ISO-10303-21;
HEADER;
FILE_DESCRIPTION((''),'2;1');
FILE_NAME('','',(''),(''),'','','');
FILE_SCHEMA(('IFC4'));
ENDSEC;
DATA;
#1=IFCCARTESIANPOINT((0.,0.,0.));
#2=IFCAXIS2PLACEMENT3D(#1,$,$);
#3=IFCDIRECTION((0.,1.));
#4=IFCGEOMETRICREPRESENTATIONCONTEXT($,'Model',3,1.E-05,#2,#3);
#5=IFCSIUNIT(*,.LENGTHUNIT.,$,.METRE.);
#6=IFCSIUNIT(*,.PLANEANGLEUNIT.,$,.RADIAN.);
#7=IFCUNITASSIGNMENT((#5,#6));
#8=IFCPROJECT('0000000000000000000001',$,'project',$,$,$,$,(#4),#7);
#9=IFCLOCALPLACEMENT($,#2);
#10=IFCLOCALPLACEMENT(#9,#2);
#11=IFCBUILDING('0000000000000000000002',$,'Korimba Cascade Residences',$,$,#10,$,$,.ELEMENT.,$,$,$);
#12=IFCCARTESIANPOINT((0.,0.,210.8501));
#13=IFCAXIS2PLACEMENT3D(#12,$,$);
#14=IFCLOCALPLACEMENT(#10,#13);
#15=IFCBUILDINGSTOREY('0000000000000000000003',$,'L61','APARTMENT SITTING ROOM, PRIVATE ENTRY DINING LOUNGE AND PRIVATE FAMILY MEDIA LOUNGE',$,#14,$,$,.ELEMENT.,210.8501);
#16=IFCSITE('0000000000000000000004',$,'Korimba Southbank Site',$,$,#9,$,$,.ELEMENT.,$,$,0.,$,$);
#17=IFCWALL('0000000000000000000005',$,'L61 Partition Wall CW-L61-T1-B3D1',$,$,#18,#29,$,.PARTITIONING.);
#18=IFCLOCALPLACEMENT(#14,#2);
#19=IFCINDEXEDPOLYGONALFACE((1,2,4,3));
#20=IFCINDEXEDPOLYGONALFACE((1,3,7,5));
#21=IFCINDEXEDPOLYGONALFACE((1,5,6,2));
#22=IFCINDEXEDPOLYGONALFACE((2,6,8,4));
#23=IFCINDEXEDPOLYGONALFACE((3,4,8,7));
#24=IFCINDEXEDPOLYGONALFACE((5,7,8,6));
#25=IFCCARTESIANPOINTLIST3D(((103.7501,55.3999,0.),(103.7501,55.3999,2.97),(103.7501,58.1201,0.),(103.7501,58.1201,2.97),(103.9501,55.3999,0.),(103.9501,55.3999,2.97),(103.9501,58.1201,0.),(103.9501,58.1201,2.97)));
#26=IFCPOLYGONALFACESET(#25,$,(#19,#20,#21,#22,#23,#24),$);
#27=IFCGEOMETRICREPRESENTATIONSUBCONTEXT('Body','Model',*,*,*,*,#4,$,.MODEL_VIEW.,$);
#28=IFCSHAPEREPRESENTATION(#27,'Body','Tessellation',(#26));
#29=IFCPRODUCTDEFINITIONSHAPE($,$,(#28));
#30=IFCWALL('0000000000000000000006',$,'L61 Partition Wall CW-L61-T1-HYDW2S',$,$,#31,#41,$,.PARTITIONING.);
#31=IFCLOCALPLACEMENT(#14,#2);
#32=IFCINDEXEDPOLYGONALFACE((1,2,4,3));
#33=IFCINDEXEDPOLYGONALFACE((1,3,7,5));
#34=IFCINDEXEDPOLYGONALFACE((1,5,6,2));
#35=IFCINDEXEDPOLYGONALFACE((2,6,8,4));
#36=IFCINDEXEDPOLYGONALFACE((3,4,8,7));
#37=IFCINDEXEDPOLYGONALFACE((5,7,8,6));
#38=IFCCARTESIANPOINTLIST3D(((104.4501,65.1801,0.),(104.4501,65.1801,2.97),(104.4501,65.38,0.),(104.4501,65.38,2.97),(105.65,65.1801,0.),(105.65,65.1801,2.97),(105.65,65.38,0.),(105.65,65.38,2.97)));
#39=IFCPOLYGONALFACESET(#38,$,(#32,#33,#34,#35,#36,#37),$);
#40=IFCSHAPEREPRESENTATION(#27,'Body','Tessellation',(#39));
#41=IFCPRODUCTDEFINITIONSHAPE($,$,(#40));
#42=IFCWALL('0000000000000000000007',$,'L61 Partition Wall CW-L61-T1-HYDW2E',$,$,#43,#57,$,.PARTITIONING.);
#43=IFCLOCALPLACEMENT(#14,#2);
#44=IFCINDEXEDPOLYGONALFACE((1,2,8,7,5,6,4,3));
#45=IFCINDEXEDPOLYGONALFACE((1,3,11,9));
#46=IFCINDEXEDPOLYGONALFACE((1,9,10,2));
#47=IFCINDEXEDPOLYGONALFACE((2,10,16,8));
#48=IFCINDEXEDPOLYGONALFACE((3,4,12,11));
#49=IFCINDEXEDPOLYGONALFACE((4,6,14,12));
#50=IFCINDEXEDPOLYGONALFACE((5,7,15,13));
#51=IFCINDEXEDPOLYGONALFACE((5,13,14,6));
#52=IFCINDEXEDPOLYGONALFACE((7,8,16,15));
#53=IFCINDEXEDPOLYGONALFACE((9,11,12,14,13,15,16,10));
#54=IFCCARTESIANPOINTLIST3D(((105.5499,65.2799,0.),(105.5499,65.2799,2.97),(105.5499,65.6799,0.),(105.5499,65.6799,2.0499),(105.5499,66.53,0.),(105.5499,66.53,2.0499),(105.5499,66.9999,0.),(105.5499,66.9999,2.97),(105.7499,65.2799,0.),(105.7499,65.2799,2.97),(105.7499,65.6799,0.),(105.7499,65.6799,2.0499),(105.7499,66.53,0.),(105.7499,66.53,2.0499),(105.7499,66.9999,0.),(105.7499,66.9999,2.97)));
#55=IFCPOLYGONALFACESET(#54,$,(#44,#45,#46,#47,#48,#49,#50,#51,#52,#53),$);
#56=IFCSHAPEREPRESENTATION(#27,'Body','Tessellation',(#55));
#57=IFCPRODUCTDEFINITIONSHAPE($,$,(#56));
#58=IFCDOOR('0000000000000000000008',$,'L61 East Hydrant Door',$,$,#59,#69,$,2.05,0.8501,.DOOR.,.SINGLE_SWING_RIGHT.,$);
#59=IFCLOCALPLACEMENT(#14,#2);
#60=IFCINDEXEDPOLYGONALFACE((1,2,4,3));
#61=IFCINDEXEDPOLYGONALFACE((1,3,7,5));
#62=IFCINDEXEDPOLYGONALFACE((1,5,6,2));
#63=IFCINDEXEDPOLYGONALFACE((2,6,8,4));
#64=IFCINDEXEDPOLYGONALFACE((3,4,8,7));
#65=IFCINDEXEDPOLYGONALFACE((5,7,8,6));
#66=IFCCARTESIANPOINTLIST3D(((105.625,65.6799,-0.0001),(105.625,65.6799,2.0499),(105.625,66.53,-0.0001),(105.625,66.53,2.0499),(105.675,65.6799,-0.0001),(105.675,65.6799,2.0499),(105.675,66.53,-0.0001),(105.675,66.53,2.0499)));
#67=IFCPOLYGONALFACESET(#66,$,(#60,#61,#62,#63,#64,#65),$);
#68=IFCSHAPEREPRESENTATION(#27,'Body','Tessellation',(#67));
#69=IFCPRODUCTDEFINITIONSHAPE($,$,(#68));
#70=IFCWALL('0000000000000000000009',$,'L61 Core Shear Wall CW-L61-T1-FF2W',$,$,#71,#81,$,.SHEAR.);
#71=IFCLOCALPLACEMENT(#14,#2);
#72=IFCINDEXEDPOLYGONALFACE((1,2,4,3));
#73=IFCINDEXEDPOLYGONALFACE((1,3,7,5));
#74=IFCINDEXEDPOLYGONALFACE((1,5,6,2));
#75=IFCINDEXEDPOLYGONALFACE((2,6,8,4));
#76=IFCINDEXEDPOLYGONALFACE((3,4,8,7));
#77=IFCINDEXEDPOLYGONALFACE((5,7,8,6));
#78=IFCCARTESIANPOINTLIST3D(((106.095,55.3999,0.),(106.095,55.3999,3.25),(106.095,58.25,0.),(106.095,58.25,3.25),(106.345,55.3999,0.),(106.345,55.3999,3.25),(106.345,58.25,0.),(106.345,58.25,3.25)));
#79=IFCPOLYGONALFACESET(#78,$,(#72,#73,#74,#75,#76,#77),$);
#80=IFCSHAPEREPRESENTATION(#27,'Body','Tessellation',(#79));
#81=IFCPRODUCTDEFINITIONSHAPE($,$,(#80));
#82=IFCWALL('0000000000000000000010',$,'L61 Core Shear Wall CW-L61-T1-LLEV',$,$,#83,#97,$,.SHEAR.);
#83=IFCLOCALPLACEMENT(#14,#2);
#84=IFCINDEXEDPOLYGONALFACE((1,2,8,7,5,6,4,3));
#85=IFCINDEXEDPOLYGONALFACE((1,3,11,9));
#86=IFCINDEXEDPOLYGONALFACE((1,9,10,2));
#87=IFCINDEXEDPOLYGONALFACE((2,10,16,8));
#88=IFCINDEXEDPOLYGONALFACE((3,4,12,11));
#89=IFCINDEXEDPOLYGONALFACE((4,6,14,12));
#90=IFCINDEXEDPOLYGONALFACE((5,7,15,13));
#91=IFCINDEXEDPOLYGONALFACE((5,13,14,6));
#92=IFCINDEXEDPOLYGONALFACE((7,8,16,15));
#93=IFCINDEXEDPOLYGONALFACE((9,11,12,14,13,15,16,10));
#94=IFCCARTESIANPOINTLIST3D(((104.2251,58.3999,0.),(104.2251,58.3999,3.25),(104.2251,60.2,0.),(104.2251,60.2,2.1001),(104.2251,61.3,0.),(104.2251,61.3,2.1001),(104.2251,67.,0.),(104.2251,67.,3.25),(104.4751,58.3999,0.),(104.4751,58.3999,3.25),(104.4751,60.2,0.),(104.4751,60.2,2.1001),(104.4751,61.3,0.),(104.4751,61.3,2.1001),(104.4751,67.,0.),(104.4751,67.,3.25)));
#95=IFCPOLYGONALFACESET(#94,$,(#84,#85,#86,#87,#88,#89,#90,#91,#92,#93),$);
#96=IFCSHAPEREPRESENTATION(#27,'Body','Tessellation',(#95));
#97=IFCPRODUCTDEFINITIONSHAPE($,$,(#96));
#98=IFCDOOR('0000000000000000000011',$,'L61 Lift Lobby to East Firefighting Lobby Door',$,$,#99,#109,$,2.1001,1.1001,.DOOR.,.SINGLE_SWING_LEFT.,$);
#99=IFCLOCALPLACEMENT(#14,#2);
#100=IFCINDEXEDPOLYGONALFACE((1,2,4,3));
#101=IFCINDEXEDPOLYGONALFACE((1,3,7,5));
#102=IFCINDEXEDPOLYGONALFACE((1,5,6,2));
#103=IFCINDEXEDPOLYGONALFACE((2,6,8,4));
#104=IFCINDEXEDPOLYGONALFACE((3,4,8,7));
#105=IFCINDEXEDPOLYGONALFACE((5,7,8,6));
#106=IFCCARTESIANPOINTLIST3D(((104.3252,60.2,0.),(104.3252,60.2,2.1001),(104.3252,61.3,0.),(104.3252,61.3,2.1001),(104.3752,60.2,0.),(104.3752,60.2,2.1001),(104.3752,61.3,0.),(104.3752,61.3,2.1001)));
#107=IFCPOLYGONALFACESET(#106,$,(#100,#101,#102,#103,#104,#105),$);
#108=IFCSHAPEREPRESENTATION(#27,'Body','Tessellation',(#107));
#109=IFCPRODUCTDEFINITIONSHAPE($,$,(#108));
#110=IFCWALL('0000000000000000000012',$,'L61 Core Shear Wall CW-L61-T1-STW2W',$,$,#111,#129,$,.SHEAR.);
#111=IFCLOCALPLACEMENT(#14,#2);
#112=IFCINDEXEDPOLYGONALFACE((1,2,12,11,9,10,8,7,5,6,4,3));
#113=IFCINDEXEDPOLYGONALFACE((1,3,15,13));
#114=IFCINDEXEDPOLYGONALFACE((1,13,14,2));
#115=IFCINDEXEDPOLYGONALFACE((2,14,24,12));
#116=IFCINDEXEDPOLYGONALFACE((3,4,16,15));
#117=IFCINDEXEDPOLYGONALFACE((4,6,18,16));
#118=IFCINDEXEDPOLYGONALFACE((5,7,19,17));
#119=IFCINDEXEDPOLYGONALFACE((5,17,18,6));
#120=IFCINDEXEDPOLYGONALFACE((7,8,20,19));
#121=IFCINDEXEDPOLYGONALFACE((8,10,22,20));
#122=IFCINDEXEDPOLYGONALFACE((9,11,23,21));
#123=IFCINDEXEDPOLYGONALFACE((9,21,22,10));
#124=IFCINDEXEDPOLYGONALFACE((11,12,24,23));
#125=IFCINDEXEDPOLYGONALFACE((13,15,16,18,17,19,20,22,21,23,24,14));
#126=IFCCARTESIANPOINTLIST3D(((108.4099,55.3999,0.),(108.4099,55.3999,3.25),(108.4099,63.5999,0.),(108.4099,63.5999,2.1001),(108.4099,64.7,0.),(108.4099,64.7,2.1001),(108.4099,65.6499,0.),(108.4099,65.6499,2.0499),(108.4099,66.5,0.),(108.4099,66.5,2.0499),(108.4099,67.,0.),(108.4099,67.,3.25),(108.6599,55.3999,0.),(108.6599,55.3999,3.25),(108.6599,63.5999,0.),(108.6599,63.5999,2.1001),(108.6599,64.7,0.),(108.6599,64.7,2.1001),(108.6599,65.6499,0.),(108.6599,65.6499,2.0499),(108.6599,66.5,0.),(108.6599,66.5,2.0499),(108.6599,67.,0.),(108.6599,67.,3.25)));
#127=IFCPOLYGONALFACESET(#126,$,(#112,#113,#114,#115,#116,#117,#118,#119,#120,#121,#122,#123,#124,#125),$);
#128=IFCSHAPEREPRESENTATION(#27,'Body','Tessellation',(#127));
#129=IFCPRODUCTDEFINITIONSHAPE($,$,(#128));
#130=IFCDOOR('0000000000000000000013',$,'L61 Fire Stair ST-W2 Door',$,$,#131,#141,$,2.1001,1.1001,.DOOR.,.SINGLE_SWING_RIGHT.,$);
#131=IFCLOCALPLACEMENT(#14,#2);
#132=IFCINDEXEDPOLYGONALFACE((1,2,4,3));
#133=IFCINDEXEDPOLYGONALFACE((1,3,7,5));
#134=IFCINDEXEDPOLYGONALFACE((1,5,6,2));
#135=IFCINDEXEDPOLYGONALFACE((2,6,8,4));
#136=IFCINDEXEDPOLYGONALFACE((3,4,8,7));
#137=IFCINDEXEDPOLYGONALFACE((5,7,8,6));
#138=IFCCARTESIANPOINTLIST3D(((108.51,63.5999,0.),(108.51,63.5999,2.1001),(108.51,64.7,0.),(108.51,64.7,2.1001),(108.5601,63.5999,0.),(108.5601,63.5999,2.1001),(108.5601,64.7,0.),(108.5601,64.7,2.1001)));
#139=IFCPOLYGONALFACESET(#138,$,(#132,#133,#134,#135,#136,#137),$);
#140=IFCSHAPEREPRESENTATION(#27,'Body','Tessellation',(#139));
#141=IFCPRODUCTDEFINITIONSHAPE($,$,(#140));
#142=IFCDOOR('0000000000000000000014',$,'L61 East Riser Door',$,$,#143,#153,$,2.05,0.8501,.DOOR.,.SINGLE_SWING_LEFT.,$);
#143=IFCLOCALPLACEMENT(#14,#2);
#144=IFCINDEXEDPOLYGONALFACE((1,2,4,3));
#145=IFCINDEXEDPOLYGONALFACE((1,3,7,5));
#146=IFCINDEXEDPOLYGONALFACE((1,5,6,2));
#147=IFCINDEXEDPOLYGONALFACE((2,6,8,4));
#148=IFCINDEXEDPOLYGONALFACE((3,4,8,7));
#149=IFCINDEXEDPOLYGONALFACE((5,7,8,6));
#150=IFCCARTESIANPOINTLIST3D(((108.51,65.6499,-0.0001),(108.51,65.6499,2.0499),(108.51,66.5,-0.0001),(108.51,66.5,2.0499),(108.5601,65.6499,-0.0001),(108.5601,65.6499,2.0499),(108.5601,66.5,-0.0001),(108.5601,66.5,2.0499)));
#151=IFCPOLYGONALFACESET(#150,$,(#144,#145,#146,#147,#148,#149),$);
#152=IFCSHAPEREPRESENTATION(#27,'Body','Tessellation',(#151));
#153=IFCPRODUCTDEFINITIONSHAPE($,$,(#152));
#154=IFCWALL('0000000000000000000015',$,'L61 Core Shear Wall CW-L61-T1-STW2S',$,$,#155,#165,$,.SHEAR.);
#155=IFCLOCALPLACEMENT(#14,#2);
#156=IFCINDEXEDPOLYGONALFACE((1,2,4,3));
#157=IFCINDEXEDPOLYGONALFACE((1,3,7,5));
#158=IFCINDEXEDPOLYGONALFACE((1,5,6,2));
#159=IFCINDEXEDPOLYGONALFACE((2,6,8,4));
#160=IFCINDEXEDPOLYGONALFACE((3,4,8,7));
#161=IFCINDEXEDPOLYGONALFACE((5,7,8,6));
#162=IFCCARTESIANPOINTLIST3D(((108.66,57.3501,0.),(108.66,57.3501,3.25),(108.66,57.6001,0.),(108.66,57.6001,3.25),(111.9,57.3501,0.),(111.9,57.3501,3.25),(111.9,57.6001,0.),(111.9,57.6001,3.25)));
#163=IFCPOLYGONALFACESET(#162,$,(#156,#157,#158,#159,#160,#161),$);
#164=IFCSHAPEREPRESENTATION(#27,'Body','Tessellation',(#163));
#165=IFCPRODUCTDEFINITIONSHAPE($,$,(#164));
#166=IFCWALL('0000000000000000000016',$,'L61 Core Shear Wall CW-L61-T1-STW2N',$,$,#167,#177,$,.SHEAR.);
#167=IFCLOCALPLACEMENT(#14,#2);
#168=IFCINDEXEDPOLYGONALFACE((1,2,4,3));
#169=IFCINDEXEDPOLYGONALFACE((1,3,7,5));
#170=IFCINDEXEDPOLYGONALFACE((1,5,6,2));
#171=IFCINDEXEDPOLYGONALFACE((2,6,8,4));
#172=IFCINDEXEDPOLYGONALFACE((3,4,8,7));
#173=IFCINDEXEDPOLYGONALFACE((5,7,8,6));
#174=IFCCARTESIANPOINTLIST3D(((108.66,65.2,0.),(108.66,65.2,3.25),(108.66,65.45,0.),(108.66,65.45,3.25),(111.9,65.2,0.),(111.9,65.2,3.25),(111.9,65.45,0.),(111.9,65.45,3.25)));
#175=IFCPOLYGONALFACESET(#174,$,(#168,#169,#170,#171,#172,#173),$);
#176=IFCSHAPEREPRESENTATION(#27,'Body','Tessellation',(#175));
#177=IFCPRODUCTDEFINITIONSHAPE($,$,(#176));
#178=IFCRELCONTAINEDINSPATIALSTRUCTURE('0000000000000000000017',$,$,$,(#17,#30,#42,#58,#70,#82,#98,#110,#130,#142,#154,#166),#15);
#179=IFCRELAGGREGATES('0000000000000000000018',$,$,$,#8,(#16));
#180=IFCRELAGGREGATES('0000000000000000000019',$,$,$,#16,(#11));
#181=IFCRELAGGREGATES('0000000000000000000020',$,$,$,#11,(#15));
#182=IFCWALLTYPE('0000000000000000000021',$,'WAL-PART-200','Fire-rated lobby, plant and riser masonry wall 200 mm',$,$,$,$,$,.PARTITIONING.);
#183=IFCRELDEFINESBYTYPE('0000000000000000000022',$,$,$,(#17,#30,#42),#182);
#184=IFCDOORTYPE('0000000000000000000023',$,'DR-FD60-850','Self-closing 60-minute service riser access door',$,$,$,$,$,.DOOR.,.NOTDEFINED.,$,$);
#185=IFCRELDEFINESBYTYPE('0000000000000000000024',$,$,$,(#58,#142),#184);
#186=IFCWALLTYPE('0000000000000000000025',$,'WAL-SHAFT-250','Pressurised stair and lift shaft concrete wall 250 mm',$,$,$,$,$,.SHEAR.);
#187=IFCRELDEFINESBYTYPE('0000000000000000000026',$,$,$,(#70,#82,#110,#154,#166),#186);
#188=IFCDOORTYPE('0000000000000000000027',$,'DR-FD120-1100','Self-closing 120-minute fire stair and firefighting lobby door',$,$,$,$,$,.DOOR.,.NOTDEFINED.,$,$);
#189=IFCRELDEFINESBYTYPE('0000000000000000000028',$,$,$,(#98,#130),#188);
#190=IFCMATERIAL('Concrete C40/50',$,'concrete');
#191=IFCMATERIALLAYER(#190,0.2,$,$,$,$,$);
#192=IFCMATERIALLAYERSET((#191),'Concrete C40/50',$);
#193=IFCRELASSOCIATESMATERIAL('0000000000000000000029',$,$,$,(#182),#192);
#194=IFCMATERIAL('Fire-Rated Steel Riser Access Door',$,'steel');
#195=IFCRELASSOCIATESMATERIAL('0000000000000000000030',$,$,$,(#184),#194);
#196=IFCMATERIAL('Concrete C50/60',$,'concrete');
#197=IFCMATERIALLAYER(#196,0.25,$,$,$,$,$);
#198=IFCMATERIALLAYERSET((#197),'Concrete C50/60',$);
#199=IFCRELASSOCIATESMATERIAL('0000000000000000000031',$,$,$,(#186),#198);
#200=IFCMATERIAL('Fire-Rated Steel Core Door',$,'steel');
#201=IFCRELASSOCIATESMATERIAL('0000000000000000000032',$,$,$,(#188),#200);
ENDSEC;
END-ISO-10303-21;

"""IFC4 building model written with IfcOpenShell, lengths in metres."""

from ifc_helpers import new_model, si_unit, direction, frame, frame_2d, origin, place, context, subcontext, project, spatial, rectangle, extrude, material, layer, layer_set, type_object, element, fill, save


model = new_model("IFC4")

# Units and contexts
model_context = context("Model", 3, precision=1e-05, world=origin(), true_north=direction((0.0, 1.0)))
body_context = subcontext(model_context, "Body", "Model", "MODEL_VIEW")
ifc_project = project(units=[si_unit("LENGTHUNIT", "METRE"), si_unit("PLANEANGLEUNIT", "RADIAN")], contexts=[model_context])

# Site, building, storey
site_placement = place(None, origin())
site = spatial("IfcSite", under=ifc_project, at=site_placement, Name="Korimba Southbank Site", CompositionType="ELEMENT", RefElevation=0.0)
building_placement = place(site_placement, origin())
building = spatial("IfcBuilding", under=site, at=building_placement, Name="Korimba Cascade Residences", CompositionType="ELEMENT")
storey_placement = place(building_placement, frame((0.0, 0.0, 210.8501)))
storey = spatial("IfcBuildingStorey", under=building, at=storey_placement, Name="L61", Description="APARTMENT SITTING ROOM, PRIVATE ENTRY DINING LOUNGE AND PRIVATE FAMILY MEDIA LOUNGE", CompositionType="ELEMENT", Elevation=210.8501)

# Walls
ifc_material_1 = material(Name="Concrete C40/50", Category="concrete")
ifc_layer_1 = layer(ifc_material_1, 0.2)
ifc_layer_set_1 = layer_set([ifc_layer_1], Name="Concrete C40/50")
wall_type_1 = type_object("IfcWallType", Name="WAL-PART-200", Description="Fire-rated lobby, plant and riser masonry wall 200 mm", PredefinedType="PARTITIONING", material=ifc_layer_set_1)
wall_1_placement = place(storey_placement, frame((103.8501, 55.3999, 0.0), z_axis=(0.0, 0.0, 1.0), x_axis=(0.0, 1.0, 0.0)))
element("IfcWall", 1, at=wall_1_placement, inside=storey, type_object=wall_type_1, Name="L61 Partition Wall CW-L61-T1-B3D1", PredefinedType="PARTITIONING", context=body_context, shape_type="SweptSolid", body=[
    extrude(rectangle(XDim=2.7202, YDim=0.2, at=frame_2d((1.3601, 0.0))), origin(), (0.0, 0.0, 1.0), 2.97),
])
wall_2_placement = place(storey_placement, frame((104.45, 65.28, 0.0), z_axis=(0.0, 0.0, 1.0), x_axis=(1.0, 0.0, 0.0)))
element("IfcWall", 2, at=wall_2_placement, inside=storey, type_object=wall_type_1, Name="L61 Partition Wall CW-L61-T1-HYDW2S", PredefinedType="PARTITIONING", context=body_context, shape_type="SweptSolid", body=[
    extrude(rectangle(XDim=1.2, YDim=0.2, at=frame_2d((0.6001, 0.0))), origin(), (0.0, 0.0, 1.0), 2.97),
])

# Wall, opening, door
wall_3_placement = place(storey_placement, frame((105.6499, 65.28, 0.0), z_axis=(0.0, 0.0, 1.0), x_axis=(0.0, 1.0, 0.0)))
wall_3 = element("IfcWall", 3, at=wall_3_placement, inside=storey, type_object=wall_type_1, Name="L61 Partition Wall CW-L61-T1-HYDW2E", PredefinedType="PARTITIONING", context=body_context, shape_type="SweptSolid", body=[
    extrude(rectangle(XDim=1.72, YDim=0.2, at=frame_2d((0.8599, 0.0))), origin(), (0.0, 0.0, 1.0), 2.97),
])
opening_1_placement = place(wall_3_placement, frame((0.3999, 0.0, 0.0)))
opening_1 = element("IfcOpeningElement", 4, at=opening_1_placement, cuts=wall_3, PredefinedType="OPENING", context=body_context, shape_type="SweptSolid", body=[
    extrude(rectangle(XDim=0.8501, YDim=2.05, at=frame_2d((0.425, 1.0249))), frame((0.0, 0.1099, 0.0), z_axis=(0.0, -1.0, 0.0), x_axis=(1.0, 0.0, 0.0)), (0.0, 0.0, 1.0), 0.22),
])
ifc_material_2 = material(Name="Fire-Rated Steel Riser Access Door", Category="steel")
door_type_1 = type_object("IfcDoorType", Name="DR-FD60-850", Description="Self-closing 60-minute service riser access door", OperationType="NOTDEFINED", PredefinedType="DOOR", material=ifc_material_2)
door_1_placement = place(opening_1_placement, origin())
door_1 = element("IfcDoor", 5, at=door_1_placement, inside=storey, type_object=door_type_1, Name="L61 East Hydrant Door", OperationType="SINGLE_SWING_RIGHT", OverallHeight=2.05, OverallWidth=0.8501, PredefinedType="DOOR", context=body_context, shape_type="SweptSolid", body=[
    extrude(rectangle(XDim=0.8501, YDim=2.05, at=frame_2d((0.425, 1.0249))), frame((0.0, 0.0249, 0.0), z_axis=(0.0, -1.0, 0.0), x_axis=(1.0, 0.0, 0.0)), (0.0, 0.0, 1.0), 0.05),
])
fill(opening_1, door_1)

# Wall
ifc_material_3 = material(Name="Concrete C50/60", Category="concrete")
ifc_layer_2 = layer(ifc_material_3, 0.25)
ifc_layer_set_2 = layer_set([ifc_layer_2], Name="Concrete C50/60")
wall_type_2 = type_object("IfcWallType", Name="WAL-SHAFT-250", Description="Pressurised stair and lift shaft concrete wall 250 mm", PredefinedType="SHEAR", material=ifc_layer_set_2)
wall_4_placement = place(storey_placement, frame((106.22, 55.3999, 0.0), z_axis=(0.0, 0.0, 1.0), x_axis=(0.0, 1.0, 0.0)))
element("IfcWall", 6, at=wall_4_placement, inside=storey, type_object=wall_type_2, Name="L61 Core Shear Wall CW-L61-T1-FF2W", PredefinedType="SHEAR", context=body_context, shape_type="SweptSolid", body=[
    extrude(rectangle(XDim=2.8501, YDim=0.25, at=frame_2d((1.425, 0.0))), origin(), (0.0, 0.0, 1.0), 3.25),
])

# Wall, opening, door
wall_5_placement = place(storey_placement, frame((104.3501, 58.3999, 0.0), z_axis=(0.0, 0.0, 1.0), x_axis=(0.0, 1.0, 0.0)))
wall_5 = element("IfcWall", 7, at=wall_5_placement, inside=storey, type_object=wall_type_2, Name="L61 Core Shear Wall CW-L61-T1-LLEV", PredefinedType="SHEAR", context=body_context, shape_type="SweptSolid", body=[
    extrude(rectangle(XDim=8.6001, YDim=0.25, at=frame_2d((4.3, 0.0))), origin(), (0.0, 0.0, 1.0), 3.25),
])
opening_2_placement = place(wall_5_placement, frame((1.8, 0.0, 0.0)))
opening_2 = element("IfcOpeningElement", 8, at=opening_2_placement, cuts=wall_5, PredefinedType="OPENING", context=body_context, shape_type="SweptSolid", body=[
    extrude(rectangle(XDim=1.1001, YDim=2.1001, at=frame_2d((0.55, 1.05))), frame((0.0, 0.135, 0.0), z_axis=(0.0, -1.0, 0.0), x_axis=(1.0, 0.0, 0.0)), (0.0, 0.0, 1.0), 0.27),
])
ifc_material_4 = material(Name="Fire-Rated Steel Core Door", Category="steel")
door_type_2 = type_object("IfcDoorType", Name="DR-FD120-1100", Description="Self-closing 120-minute fire stair and firefighting lobby door", OperationType="NOTDEFINED", PredefinedType="DOOR", material=ifc_material_4)
door_2_placement = place(opening_2_placement, origin())
door_2 = element("IfcDoor", 9, at=door_2_placement, inside=storey, type_object=door_type_2, Name="L61 Lift Lobby to East Firefighting Lobby Door", OperationType="SINGLE_SWING_LEFT", OverallHeight=2.1001, OverallWidth=1.1001, PredefinedType="DOOR", context=body_context, shape_type="SweptSolid", body=[
    extrude(rectangle(XDim=1.1001, YDim=2.1001, at=frame_2d((0.55, 1.05))), frame((0.0, 0.0249, 0.0), z_axis=(0.0, -1.0, 0.0), x_axis=(1.0, 0.0, 0.0)), (0.0, 0.0, 1.0), 0.05),
])
fill(opening_2, door_2)

# Wall, openings, doors
wall_6_placement = place(storey_placement, frame((108.5349, 55.3999, 0.0), z_axis=(0.0, 0.0, 1.0), x_axis=(0.0, 1.0, 0.0)))
wall_6 = element("IfcWall", 10, at=wall_6_placement, inside=storey, type_object=wall_type_2, Name="L61 Core Shear Wall CW-L61-T1-STW2W", PredefinedType="SHEAR", context=body_context, shape_type="SweptSolid", body=[
    extrude(rectangle(XDim=11.6001, YDim=0.25, at=frame_2d((5.8, 0.0))), origin(), (0.0, 0.0, 1.0), 3.25),
])
opening_3_placement = place(wall_6_placement, frame((8.2, 0.0, 0.0)))
opening_3 = element("IfcOpeningElement", 11, at=opening_3_placement, cuts=wall_6, PredefinedType="OPENING", context=body_context, shape_type="SweptSolid", body=[
    extrude(rectangle(XDim=1.1001, YDim=2.1001, at=frame_2d((0.55, 1.05))), frame((0.0, 0.135, 0.0), z_axis=(0.0, -1.0, 0.0), x_axis=(1.0, 0.0, 0.0)), (0.0, 0.0, 1.0), 0.27),
])
opening_4_placement = place(wall_6_placement, frame((10.25, 0.0, 0.0)))
opening_4 = element("IfcOpeningElement", 12, at=opening_4_placement, cuts=wall_6, PredefinedType="OPENING", context=body_context, shape_type="SweptSolid", body=[
    extrude(rectangle(XDim=0.8501, YDim=2.05, at=frame_2d((0.425, 1.0249))), frame((0.0, 0.135, 0.0), z_axis=(0.0, -1.0, 0.0), x_axis=(1.0, 0.0, 0.0)), (0.0, 0.0, 1.0), 0.27),
])
door_3_placement = place(opening_3_placement, origin())
door_3 = element("IfcDoor", 13, at=door_3_placement, inside=storey, type_object=door_type_2, Name="L61 Fire Stair ST-W2 Door", OperationType="SINGLE_SWING_RIGHT", OverallHeight=2.1001, OverallWidth=1.1001, PredefinedType="DOOR", context=body_context, shape_type="SweptSolid", body=[
    extrude(rectangle(XDim=1.1001, YDim=2.1001, at=frame_2d((0.55, 1.05))), frame((0.0, 0.0249, 0.0), z_axis=(0.0, -1.0, 0.0), x_axis=(1.0, 0.0, 0.0)), (0.0, 0.0, 1.0), 0.05),
])
fill(opening_3, door_3)
door_4_placement = place(opening_4_placement, origin())
door_4 = element("IfcDoor", 14, at=door_4_placement, inside=storey, type_object=door_type_1, Name="L61 East Riser Door", OperationType="SINGLE_SWING_LEFT", OverallHeight=2.05, OverallWidth=0.8501, PredefinedType="DOOR", context=body_context, shape_type="SweptSolid", body=[
    extrude(rectangle(XDim=0.8501, YDim=2.05, at=frame_2d((0.425, 1.0249))), frame((0.0, 0.0249, 0.0), z_axis=(0.0, -1.0, 0.0), x_axis=(1.0, 0.0, 0.0)), (0.0, 0.0, 1.0), 0.05),
])
fill(opening_4, door_4)

# Walls
for number, where, z_axis, x_axis, name in (
    (15, (108.6599, 57.4751, 0.0), (0.0, 0.0, 1.0), (1.0, 0.0, 0.0), "L61 Core Shear Wall CW-L61-T1-STW2S"),
    (16, (108.6599, 65.325, 0.0), (0.0, 0.0, 1.0), (1.0, 0.0, 0.0), "L61 Core Shear Wall CW-L61-T1-STW2N"),
):
    element("IfcWall", number, at=place(storey_placement, frame(where, z_axis=z_axis, x_axis=x_axis)), inside=storey, type_object=wall_type_2, Name=name, PredefinedType="SHEAR", context=body_context, shape_type="SweptSolid", body=[
        extrude(rectangle(XDim=3.24, YDim=0.25, at=frame_2d((1.6201, 0.0))), origin(), (0.0, 0.0, 1.0), 3.25),
    ])

save(model, "model.ifc")
